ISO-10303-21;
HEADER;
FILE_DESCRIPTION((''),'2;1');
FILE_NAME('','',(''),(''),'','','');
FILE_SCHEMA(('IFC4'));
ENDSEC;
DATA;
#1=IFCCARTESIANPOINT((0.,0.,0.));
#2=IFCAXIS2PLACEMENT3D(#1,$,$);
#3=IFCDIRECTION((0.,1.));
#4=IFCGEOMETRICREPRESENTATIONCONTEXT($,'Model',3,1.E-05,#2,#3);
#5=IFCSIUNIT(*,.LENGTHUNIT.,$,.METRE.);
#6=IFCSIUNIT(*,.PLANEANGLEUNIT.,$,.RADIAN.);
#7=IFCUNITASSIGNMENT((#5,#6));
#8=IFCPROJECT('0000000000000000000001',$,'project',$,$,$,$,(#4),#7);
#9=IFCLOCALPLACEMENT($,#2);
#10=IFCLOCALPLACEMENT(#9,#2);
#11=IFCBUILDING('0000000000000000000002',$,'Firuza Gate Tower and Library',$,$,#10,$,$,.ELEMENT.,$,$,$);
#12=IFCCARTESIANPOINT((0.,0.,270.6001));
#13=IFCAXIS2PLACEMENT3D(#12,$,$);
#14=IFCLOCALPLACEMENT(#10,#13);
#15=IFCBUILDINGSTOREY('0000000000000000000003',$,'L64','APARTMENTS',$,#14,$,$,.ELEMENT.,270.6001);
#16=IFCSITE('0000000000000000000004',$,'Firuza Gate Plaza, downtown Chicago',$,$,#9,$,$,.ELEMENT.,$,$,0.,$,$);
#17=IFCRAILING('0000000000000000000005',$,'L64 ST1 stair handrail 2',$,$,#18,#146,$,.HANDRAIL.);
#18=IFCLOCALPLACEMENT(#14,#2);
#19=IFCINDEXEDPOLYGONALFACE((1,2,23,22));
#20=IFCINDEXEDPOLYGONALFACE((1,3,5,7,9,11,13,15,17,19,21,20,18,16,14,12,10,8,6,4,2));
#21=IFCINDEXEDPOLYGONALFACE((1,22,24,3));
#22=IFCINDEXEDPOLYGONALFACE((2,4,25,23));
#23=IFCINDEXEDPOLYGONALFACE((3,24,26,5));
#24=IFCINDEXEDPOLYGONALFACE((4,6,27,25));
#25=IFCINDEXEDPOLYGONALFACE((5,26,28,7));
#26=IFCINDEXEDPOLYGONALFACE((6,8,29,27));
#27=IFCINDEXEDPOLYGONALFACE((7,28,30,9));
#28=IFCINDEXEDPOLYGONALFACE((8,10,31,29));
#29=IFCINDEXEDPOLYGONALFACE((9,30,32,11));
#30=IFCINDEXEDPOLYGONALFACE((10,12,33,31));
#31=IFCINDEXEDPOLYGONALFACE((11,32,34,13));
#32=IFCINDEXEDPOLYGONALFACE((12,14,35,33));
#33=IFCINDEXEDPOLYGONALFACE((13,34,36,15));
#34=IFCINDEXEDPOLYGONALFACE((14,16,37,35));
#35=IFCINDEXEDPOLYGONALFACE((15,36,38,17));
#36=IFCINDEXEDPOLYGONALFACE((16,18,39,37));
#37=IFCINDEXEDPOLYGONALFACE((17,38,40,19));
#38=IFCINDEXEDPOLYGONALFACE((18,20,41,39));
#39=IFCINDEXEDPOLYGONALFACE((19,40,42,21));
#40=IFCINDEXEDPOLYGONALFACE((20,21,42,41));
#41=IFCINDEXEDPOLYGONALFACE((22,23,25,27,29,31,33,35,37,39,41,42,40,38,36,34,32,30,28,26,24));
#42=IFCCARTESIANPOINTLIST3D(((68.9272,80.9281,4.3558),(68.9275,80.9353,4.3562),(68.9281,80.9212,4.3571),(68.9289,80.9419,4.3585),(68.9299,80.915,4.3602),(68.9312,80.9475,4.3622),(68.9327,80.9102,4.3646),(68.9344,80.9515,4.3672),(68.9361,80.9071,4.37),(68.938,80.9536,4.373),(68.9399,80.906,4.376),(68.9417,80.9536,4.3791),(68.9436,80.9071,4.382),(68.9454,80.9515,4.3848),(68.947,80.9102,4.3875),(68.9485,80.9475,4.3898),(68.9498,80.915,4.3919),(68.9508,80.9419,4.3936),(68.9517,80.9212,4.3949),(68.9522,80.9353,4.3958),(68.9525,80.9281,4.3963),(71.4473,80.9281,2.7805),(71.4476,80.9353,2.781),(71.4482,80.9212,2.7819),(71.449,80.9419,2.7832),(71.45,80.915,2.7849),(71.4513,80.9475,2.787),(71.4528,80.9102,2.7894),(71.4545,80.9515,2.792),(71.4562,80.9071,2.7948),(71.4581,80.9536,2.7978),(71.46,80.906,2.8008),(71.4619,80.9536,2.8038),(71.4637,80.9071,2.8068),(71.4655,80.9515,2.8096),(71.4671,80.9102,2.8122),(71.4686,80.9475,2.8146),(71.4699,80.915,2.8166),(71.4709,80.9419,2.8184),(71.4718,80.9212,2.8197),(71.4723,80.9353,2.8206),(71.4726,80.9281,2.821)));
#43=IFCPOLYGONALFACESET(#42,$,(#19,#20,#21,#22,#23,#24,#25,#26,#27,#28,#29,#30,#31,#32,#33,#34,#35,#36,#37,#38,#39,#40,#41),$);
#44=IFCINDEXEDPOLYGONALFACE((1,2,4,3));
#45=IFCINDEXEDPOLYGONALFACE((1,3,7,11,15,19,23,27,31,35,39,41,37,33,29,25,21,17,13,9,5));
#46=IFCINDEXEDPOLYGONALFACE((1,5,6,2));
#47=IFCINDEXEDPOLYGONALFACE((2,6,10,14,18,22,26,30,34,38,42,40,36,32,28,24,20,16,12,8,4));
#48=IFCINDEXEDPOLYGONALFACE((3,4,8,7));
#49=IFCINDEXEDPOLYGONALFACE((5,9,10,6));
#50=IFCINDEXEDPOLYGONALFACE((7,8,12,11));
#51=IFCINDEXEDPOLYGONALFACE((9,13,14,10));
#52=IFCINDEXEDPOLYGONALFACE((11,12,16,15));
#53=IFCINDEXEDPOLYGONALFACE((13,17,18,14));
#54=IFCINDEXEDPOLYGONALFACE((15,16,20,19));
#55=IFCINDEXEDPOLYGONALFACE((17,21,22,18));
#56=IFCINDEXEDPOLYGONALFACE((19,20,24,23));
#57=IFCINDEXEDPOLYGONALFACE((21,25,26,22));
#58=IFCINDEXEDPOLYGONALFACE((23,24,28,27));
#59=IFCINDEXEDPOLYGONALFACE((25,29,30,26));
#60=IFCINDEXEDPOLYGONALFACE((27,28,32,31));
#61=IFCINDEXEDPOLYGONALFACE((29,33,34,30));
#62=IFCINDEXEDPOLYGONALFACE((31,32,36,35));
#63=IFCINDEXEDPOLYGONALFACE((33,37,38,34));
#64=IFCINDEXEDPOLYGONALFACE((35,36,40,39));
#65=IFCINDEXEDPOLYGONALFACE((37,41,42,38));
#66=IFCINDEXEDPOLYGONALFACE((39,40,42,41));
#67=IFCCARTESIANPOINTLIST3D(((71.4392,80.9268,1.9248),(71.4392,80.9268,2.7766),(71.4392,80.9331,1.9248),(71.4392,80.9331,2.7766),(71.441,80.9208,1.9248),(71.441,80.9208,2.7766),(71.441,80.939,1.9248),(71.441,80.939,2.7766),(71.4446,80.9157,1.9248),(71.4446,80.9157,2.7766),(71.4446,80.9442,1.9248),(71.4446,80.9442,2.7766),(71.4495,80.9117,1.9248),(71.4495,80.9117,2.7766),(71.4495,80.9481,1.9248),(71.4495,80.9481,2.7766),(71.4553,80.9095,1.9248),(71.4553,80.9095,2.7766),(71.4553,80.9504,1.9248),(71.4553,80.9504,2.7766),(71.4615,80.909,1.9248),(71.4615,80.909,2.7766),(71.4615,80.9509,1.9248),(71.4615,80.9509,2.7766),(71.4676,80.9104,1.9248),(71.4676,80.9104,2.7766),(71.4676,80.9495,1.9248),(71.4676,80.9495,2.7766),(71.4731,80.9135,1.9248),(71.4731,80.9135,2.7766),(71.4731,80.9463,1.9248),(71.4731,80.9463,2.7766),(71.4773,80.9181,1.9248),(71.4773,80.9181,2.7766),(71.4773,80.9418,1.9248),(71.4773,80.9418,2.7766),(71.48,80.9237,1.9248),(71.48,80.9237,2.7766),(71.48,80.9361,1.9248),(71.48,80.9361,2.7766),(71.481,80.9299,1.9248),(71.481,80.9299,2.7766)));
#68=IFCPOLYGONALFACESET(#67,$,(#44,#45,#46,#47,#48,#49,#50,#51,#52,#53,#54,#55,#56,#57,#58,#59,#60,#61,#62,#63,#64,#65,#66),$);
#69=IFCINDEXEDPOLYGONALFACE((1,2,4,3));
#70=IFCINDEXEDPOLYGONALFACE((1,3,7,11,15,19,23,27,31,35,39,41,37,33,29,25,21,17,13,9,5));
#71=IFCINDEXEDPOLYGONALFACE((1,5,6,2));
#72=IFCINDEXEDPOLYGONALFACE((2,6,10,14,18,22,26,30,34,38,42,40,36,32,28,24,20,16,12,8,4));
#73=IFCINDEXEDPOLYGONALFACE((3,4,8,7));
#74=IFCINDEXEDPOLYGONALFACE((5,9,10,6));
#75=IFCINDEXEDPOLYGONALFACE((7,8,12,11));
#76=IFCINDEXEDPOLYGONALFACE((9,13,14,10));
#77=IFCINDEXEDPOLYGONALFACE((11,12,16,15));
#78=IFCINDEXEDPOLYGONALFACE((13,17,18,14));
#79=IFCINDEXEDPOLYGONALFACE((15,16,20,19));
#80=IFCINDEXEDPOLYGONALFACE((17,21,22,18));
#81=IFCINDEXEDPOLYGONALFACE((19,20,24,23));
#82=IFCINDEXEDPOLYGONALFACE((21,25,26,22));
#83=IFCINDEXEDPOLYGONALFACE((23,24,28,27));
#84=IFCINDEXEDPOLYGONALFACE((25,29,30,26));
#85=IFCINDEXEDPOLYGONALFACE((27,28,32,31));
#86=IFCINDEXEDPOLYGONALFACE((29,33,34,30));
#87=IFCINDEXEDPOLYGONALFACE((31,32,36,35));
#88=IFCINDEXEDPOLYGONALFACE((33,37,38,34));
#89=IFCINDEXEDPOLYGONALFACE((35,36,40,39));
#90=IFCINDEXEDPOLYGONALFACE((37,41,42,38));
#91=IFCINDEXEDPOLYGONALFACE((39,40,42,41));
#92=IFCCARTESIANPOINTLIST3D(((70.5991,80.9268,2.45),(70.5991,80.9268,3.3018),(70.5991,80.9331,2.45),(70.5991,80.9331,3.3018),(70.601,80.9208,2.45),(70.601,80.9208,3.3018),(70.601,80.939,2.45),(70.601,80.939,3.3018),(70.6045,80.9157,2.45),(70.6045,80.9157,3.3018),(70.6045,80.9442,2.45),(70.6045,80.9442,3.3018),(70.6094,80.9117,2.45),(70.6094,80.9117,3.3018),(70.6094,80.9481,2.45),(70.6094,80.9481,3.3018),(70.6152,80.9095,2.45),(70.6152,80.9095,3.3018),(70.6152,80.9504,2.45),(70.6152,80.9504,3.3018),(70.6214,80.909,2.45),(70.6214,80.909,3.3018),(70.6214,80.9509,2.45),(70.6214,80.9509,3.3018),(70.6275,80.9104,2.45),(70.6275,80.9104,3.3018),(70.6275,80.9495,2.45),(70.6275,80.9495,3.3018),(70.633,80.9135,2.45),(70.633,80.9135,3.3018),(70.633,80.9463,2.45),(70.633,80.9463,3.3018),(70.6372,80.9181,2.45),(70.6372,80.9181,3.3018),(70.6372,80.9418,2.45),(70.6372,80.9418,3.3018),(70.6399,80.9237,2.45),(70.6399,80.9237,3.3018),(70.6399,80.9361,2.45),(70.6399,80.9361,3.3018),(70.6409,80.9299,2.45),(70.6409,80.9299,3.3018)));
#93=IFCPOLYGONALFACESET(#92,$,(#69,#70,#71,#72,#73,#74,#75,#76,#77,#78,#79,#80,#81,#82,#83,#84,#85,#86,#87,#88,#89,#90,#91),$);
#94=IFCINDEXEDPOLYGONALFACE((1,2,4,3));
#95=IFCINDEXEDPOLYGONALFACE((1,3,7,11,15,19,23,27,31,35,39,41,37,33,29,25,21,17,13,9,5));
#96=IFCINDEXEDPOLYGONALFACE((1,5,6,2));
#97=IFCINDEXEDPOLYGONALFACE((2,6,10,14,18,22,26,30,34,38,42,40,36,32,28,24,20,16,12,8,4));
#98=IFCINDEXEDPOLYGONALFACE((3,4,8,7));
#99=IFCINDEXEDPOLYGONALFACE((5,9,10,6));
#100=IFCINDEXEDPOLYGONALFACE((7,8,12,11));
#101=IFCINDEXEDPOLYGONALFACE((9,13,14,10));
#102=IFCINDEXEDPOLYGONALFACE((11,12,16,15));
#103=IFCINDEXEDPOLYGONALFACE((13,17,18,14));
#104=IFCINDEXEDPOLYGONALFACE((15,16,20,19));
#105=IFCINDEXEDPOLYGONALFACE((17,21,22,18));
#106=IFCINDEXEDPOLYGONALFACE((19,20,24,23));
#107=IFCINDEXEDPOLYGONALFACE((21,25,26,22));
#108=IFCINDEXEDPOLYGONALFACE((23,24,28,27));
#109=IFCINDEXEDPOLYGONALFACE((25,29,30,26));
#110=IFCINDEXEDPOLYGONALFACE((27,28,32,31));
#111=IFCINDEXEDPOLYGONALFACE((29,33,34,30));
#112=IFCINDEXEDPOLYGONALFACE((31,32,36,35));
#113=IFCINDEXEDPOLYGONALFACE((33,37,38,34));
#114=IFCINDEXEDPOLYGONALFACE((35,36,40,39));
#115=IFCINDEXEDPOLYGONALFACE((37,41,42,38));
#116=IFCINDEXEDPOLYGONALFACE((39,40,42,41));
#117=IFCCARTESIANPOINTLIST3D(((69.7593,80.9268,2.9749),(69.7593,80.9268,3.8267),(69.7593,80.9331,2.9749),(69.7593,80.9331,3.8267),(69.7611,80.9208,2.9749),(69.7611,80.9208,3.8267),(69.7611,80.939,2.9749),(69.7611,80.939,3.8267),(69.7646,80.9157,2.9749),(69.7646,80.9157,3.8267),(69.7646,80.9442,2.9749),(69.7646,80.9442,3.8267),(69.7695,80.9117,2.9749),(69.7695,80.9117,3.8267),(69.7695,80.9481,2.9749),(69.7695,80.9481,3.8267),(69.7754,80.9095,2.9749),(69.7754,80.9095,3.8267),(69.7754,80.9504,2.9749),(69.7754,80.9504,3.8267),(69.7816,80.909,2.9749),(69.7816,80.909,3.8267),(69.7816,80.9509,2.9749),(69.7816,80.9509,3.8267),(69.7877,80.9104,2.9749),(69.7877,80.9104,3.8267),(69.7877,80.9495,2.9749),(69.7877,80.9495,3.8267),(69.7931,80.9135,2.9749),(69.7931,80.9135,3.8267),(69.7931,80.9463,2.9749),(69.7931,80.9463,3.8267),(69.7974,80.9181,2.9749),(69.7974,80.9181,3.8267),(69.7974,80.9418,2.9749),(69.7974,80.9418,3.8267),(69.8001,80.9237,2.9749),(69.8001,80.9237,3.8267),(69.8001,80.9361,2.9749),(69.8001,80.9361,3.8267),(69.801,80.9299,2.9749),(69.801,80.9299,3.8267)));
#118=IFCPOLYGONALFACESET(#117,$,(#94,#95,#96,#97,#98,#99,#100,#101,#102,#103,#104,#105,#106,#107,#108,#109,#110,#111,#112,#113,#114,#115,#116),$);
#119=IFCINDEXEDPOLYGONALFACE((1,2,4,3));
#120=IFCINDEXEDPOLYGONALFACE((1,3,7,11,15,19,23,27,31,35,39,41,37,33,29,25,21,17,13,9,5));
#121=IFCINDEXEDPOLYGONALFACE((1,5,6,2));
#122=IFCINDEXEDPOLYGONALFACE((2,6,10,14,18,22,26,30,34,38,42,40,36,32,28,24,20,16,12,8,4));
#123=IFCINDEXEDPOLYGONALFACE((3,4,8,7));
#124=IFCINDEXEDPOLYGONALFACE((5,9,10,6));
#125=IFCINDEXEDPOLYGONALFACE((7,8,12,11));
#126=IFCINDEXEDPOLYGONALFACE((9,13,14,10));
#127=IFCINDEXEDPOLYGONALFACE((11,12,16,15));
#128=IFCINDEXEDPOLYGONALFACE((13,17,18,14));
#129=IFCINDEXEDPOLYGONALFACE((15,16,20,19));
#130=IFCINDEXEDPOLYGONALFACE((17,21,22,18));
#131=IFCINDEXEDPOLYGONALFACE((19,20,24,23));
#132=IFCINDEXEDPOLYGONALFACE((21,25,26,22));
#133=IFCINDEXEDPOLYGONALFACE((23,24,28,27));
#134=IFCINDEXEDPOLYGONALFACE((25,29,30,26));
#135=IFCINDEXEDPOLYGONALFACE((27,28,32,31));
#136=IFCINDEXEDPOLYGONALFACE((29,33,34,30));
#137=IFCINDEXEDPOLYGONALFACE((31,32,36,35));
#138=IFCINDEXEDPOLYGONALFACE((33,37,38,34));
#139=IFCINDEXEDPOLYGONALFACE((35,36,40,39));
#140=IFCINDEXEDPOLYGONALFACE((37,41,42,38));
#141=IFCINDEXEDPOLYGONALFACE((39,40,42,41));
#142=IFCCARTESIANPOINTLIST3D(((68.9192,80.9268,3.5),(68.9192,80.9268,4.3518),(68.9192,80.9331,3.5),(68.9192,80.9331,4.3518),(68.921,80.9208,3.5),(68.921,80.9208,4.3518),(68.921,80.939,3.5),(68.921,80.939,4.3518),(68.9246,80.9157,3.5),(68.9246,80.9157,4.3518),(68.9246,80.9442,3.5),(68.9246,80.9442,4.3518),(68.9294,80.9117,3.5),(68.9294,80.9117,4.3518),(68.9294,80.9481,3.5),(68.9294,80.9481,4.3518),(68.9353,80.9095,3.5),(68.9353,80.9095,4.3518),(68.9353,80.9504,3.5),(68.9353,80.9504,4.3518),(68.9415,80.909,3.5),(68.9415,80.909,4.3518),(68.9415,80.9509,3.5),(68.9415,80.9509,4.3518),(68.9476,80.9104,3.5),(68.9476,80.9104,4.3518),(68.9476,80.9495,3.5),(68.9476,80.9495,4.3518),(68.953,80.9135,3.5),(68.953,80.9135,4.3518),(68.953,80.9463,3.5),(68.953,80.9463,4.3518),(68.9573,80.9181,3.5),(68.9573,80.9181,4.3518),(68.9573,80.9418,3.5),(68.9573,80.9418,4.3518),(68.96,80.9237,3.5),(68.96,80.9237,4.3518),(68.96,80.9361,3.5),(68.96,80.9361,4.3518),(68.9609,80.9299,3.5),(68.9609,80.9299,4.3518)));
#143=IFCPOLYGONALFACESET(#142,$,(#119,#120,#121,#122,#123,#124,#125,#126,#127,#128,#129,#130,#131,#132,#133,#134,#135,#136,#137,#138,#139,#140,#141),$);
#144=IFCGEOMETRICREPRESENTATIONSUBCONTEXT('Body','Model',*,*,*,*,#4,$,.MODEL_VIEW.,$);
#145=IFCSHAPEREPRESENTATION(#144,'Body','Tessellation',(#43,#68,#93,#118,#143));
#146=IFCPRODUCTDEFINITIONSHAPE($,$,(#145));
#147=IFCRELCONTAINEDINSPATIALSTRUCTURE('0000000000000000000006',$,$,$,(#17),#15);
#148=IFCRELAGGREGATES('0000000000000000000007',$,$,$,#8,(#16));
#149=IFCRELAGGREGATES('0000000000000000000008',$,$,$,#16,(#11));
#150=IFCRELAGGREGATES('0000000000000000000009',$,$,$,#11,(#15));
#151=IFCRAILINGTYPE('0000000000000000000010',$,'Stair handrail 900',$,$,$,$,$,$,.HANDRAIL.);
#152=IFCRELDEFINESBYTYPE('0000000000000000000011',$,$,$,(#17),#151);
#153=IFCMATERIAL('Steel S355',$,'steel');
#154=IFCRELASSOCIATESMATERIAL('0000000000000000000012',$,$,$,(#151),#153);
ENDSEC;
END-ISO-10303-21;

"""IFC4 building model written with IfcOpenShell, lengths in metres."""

from ifc_helpers import new_model, si_unit, direction, frame, origin, origin_2d, place, context, subcontext, project, spatial, circle, extrude, material, type_object, element, save


model = new_model("IFC4")

# Units and contexts
model_context = context("Model", 3, precision=1e-05, world=origin(), true_north=direction((0.0, 1.0)))
body_context = subcontext(model_context, "Body", "Model", "MODEL_VIEW")
ifc_project = project(units=[si_unit("LENGTHUNIT", "METRE"), si_unit("PLANEANGLEUNIT", "RADIAN")], contexts=[model_context])

# Site, building, storey
site_placement = place(None, origin())
site = spatial("IfcSite", under=ifc_project, at=site_placement, Name="Firuza Gate Plaza, downtown Chicago", CompositionType="ELEMENT", RefElevation=0.0)
building_placement = place(site_placement, origin())
building = spatial("IfcBuilding", under=site, at=building_placement, Name="Firuza Gate Tower and Library", CompositionType="ELEMENT")
storey_placement = place(building_placement, frame((0.0, 0.0, 270.6001)))
storey = spatial("IfcBuildingStorey", under=building, at=storey_placement, Name="L64", Description="APARTMENTS", CompositionType="ELEMENT", Elevation=270.6001)

# Railing
ifc_material_1 = material(Name="Steel S355", Category="steel")
railing_type_1 = type_object("IfcRailingType", Name="Stair handrail 900", PredefinedType="HANDRAIL", material=ifc_material_1)
railing_1_placement = place(storey_placement, frame((71.46, 80.9299, 1.9248)))
element("IfcRailing", 1, at=railing_1_placement, inside=storey, type_object=railing_type_1, Name="L64 ST1 stair handrail 2", PredefinedType="HANDRAIL", context=body_context, shape_type="SweptSolid", body=[
    extrude(circle(Radius=0.0239, at=origin_2d()), frame((0.0, 0.0, 0.876), z_axis=(-0.847971, 0.0, 0.530043), x_axis=(0.0, -1.0, 0.0)), (0.0, 0.0, 1.0), 2.9719),
    extrude(circle(Radius=0.021, at=origin_2d()), origin(), (0.0, 0.0, 1.0), 0.8518),
    extrude(circle(Radius=0.021, at=origin_2d()), frame((-0.8401, 0.0, 0.5251)), (0.0, 0.0, 1.0), 0.8518),
    extrude(circle(Radius=0.021, at=origin_2d()), frame((-1.6799, 0.0, 1.05)), (0.0, 0.0, 1.0), 0.8518),
    extrude(circle(Radius=0.021, at=origin_2d()), frame((-2.52, 0.0, 1.5752)), (0.0, 0.0, 1.0), 0.8518),
])

save(model, "model.ifc")
